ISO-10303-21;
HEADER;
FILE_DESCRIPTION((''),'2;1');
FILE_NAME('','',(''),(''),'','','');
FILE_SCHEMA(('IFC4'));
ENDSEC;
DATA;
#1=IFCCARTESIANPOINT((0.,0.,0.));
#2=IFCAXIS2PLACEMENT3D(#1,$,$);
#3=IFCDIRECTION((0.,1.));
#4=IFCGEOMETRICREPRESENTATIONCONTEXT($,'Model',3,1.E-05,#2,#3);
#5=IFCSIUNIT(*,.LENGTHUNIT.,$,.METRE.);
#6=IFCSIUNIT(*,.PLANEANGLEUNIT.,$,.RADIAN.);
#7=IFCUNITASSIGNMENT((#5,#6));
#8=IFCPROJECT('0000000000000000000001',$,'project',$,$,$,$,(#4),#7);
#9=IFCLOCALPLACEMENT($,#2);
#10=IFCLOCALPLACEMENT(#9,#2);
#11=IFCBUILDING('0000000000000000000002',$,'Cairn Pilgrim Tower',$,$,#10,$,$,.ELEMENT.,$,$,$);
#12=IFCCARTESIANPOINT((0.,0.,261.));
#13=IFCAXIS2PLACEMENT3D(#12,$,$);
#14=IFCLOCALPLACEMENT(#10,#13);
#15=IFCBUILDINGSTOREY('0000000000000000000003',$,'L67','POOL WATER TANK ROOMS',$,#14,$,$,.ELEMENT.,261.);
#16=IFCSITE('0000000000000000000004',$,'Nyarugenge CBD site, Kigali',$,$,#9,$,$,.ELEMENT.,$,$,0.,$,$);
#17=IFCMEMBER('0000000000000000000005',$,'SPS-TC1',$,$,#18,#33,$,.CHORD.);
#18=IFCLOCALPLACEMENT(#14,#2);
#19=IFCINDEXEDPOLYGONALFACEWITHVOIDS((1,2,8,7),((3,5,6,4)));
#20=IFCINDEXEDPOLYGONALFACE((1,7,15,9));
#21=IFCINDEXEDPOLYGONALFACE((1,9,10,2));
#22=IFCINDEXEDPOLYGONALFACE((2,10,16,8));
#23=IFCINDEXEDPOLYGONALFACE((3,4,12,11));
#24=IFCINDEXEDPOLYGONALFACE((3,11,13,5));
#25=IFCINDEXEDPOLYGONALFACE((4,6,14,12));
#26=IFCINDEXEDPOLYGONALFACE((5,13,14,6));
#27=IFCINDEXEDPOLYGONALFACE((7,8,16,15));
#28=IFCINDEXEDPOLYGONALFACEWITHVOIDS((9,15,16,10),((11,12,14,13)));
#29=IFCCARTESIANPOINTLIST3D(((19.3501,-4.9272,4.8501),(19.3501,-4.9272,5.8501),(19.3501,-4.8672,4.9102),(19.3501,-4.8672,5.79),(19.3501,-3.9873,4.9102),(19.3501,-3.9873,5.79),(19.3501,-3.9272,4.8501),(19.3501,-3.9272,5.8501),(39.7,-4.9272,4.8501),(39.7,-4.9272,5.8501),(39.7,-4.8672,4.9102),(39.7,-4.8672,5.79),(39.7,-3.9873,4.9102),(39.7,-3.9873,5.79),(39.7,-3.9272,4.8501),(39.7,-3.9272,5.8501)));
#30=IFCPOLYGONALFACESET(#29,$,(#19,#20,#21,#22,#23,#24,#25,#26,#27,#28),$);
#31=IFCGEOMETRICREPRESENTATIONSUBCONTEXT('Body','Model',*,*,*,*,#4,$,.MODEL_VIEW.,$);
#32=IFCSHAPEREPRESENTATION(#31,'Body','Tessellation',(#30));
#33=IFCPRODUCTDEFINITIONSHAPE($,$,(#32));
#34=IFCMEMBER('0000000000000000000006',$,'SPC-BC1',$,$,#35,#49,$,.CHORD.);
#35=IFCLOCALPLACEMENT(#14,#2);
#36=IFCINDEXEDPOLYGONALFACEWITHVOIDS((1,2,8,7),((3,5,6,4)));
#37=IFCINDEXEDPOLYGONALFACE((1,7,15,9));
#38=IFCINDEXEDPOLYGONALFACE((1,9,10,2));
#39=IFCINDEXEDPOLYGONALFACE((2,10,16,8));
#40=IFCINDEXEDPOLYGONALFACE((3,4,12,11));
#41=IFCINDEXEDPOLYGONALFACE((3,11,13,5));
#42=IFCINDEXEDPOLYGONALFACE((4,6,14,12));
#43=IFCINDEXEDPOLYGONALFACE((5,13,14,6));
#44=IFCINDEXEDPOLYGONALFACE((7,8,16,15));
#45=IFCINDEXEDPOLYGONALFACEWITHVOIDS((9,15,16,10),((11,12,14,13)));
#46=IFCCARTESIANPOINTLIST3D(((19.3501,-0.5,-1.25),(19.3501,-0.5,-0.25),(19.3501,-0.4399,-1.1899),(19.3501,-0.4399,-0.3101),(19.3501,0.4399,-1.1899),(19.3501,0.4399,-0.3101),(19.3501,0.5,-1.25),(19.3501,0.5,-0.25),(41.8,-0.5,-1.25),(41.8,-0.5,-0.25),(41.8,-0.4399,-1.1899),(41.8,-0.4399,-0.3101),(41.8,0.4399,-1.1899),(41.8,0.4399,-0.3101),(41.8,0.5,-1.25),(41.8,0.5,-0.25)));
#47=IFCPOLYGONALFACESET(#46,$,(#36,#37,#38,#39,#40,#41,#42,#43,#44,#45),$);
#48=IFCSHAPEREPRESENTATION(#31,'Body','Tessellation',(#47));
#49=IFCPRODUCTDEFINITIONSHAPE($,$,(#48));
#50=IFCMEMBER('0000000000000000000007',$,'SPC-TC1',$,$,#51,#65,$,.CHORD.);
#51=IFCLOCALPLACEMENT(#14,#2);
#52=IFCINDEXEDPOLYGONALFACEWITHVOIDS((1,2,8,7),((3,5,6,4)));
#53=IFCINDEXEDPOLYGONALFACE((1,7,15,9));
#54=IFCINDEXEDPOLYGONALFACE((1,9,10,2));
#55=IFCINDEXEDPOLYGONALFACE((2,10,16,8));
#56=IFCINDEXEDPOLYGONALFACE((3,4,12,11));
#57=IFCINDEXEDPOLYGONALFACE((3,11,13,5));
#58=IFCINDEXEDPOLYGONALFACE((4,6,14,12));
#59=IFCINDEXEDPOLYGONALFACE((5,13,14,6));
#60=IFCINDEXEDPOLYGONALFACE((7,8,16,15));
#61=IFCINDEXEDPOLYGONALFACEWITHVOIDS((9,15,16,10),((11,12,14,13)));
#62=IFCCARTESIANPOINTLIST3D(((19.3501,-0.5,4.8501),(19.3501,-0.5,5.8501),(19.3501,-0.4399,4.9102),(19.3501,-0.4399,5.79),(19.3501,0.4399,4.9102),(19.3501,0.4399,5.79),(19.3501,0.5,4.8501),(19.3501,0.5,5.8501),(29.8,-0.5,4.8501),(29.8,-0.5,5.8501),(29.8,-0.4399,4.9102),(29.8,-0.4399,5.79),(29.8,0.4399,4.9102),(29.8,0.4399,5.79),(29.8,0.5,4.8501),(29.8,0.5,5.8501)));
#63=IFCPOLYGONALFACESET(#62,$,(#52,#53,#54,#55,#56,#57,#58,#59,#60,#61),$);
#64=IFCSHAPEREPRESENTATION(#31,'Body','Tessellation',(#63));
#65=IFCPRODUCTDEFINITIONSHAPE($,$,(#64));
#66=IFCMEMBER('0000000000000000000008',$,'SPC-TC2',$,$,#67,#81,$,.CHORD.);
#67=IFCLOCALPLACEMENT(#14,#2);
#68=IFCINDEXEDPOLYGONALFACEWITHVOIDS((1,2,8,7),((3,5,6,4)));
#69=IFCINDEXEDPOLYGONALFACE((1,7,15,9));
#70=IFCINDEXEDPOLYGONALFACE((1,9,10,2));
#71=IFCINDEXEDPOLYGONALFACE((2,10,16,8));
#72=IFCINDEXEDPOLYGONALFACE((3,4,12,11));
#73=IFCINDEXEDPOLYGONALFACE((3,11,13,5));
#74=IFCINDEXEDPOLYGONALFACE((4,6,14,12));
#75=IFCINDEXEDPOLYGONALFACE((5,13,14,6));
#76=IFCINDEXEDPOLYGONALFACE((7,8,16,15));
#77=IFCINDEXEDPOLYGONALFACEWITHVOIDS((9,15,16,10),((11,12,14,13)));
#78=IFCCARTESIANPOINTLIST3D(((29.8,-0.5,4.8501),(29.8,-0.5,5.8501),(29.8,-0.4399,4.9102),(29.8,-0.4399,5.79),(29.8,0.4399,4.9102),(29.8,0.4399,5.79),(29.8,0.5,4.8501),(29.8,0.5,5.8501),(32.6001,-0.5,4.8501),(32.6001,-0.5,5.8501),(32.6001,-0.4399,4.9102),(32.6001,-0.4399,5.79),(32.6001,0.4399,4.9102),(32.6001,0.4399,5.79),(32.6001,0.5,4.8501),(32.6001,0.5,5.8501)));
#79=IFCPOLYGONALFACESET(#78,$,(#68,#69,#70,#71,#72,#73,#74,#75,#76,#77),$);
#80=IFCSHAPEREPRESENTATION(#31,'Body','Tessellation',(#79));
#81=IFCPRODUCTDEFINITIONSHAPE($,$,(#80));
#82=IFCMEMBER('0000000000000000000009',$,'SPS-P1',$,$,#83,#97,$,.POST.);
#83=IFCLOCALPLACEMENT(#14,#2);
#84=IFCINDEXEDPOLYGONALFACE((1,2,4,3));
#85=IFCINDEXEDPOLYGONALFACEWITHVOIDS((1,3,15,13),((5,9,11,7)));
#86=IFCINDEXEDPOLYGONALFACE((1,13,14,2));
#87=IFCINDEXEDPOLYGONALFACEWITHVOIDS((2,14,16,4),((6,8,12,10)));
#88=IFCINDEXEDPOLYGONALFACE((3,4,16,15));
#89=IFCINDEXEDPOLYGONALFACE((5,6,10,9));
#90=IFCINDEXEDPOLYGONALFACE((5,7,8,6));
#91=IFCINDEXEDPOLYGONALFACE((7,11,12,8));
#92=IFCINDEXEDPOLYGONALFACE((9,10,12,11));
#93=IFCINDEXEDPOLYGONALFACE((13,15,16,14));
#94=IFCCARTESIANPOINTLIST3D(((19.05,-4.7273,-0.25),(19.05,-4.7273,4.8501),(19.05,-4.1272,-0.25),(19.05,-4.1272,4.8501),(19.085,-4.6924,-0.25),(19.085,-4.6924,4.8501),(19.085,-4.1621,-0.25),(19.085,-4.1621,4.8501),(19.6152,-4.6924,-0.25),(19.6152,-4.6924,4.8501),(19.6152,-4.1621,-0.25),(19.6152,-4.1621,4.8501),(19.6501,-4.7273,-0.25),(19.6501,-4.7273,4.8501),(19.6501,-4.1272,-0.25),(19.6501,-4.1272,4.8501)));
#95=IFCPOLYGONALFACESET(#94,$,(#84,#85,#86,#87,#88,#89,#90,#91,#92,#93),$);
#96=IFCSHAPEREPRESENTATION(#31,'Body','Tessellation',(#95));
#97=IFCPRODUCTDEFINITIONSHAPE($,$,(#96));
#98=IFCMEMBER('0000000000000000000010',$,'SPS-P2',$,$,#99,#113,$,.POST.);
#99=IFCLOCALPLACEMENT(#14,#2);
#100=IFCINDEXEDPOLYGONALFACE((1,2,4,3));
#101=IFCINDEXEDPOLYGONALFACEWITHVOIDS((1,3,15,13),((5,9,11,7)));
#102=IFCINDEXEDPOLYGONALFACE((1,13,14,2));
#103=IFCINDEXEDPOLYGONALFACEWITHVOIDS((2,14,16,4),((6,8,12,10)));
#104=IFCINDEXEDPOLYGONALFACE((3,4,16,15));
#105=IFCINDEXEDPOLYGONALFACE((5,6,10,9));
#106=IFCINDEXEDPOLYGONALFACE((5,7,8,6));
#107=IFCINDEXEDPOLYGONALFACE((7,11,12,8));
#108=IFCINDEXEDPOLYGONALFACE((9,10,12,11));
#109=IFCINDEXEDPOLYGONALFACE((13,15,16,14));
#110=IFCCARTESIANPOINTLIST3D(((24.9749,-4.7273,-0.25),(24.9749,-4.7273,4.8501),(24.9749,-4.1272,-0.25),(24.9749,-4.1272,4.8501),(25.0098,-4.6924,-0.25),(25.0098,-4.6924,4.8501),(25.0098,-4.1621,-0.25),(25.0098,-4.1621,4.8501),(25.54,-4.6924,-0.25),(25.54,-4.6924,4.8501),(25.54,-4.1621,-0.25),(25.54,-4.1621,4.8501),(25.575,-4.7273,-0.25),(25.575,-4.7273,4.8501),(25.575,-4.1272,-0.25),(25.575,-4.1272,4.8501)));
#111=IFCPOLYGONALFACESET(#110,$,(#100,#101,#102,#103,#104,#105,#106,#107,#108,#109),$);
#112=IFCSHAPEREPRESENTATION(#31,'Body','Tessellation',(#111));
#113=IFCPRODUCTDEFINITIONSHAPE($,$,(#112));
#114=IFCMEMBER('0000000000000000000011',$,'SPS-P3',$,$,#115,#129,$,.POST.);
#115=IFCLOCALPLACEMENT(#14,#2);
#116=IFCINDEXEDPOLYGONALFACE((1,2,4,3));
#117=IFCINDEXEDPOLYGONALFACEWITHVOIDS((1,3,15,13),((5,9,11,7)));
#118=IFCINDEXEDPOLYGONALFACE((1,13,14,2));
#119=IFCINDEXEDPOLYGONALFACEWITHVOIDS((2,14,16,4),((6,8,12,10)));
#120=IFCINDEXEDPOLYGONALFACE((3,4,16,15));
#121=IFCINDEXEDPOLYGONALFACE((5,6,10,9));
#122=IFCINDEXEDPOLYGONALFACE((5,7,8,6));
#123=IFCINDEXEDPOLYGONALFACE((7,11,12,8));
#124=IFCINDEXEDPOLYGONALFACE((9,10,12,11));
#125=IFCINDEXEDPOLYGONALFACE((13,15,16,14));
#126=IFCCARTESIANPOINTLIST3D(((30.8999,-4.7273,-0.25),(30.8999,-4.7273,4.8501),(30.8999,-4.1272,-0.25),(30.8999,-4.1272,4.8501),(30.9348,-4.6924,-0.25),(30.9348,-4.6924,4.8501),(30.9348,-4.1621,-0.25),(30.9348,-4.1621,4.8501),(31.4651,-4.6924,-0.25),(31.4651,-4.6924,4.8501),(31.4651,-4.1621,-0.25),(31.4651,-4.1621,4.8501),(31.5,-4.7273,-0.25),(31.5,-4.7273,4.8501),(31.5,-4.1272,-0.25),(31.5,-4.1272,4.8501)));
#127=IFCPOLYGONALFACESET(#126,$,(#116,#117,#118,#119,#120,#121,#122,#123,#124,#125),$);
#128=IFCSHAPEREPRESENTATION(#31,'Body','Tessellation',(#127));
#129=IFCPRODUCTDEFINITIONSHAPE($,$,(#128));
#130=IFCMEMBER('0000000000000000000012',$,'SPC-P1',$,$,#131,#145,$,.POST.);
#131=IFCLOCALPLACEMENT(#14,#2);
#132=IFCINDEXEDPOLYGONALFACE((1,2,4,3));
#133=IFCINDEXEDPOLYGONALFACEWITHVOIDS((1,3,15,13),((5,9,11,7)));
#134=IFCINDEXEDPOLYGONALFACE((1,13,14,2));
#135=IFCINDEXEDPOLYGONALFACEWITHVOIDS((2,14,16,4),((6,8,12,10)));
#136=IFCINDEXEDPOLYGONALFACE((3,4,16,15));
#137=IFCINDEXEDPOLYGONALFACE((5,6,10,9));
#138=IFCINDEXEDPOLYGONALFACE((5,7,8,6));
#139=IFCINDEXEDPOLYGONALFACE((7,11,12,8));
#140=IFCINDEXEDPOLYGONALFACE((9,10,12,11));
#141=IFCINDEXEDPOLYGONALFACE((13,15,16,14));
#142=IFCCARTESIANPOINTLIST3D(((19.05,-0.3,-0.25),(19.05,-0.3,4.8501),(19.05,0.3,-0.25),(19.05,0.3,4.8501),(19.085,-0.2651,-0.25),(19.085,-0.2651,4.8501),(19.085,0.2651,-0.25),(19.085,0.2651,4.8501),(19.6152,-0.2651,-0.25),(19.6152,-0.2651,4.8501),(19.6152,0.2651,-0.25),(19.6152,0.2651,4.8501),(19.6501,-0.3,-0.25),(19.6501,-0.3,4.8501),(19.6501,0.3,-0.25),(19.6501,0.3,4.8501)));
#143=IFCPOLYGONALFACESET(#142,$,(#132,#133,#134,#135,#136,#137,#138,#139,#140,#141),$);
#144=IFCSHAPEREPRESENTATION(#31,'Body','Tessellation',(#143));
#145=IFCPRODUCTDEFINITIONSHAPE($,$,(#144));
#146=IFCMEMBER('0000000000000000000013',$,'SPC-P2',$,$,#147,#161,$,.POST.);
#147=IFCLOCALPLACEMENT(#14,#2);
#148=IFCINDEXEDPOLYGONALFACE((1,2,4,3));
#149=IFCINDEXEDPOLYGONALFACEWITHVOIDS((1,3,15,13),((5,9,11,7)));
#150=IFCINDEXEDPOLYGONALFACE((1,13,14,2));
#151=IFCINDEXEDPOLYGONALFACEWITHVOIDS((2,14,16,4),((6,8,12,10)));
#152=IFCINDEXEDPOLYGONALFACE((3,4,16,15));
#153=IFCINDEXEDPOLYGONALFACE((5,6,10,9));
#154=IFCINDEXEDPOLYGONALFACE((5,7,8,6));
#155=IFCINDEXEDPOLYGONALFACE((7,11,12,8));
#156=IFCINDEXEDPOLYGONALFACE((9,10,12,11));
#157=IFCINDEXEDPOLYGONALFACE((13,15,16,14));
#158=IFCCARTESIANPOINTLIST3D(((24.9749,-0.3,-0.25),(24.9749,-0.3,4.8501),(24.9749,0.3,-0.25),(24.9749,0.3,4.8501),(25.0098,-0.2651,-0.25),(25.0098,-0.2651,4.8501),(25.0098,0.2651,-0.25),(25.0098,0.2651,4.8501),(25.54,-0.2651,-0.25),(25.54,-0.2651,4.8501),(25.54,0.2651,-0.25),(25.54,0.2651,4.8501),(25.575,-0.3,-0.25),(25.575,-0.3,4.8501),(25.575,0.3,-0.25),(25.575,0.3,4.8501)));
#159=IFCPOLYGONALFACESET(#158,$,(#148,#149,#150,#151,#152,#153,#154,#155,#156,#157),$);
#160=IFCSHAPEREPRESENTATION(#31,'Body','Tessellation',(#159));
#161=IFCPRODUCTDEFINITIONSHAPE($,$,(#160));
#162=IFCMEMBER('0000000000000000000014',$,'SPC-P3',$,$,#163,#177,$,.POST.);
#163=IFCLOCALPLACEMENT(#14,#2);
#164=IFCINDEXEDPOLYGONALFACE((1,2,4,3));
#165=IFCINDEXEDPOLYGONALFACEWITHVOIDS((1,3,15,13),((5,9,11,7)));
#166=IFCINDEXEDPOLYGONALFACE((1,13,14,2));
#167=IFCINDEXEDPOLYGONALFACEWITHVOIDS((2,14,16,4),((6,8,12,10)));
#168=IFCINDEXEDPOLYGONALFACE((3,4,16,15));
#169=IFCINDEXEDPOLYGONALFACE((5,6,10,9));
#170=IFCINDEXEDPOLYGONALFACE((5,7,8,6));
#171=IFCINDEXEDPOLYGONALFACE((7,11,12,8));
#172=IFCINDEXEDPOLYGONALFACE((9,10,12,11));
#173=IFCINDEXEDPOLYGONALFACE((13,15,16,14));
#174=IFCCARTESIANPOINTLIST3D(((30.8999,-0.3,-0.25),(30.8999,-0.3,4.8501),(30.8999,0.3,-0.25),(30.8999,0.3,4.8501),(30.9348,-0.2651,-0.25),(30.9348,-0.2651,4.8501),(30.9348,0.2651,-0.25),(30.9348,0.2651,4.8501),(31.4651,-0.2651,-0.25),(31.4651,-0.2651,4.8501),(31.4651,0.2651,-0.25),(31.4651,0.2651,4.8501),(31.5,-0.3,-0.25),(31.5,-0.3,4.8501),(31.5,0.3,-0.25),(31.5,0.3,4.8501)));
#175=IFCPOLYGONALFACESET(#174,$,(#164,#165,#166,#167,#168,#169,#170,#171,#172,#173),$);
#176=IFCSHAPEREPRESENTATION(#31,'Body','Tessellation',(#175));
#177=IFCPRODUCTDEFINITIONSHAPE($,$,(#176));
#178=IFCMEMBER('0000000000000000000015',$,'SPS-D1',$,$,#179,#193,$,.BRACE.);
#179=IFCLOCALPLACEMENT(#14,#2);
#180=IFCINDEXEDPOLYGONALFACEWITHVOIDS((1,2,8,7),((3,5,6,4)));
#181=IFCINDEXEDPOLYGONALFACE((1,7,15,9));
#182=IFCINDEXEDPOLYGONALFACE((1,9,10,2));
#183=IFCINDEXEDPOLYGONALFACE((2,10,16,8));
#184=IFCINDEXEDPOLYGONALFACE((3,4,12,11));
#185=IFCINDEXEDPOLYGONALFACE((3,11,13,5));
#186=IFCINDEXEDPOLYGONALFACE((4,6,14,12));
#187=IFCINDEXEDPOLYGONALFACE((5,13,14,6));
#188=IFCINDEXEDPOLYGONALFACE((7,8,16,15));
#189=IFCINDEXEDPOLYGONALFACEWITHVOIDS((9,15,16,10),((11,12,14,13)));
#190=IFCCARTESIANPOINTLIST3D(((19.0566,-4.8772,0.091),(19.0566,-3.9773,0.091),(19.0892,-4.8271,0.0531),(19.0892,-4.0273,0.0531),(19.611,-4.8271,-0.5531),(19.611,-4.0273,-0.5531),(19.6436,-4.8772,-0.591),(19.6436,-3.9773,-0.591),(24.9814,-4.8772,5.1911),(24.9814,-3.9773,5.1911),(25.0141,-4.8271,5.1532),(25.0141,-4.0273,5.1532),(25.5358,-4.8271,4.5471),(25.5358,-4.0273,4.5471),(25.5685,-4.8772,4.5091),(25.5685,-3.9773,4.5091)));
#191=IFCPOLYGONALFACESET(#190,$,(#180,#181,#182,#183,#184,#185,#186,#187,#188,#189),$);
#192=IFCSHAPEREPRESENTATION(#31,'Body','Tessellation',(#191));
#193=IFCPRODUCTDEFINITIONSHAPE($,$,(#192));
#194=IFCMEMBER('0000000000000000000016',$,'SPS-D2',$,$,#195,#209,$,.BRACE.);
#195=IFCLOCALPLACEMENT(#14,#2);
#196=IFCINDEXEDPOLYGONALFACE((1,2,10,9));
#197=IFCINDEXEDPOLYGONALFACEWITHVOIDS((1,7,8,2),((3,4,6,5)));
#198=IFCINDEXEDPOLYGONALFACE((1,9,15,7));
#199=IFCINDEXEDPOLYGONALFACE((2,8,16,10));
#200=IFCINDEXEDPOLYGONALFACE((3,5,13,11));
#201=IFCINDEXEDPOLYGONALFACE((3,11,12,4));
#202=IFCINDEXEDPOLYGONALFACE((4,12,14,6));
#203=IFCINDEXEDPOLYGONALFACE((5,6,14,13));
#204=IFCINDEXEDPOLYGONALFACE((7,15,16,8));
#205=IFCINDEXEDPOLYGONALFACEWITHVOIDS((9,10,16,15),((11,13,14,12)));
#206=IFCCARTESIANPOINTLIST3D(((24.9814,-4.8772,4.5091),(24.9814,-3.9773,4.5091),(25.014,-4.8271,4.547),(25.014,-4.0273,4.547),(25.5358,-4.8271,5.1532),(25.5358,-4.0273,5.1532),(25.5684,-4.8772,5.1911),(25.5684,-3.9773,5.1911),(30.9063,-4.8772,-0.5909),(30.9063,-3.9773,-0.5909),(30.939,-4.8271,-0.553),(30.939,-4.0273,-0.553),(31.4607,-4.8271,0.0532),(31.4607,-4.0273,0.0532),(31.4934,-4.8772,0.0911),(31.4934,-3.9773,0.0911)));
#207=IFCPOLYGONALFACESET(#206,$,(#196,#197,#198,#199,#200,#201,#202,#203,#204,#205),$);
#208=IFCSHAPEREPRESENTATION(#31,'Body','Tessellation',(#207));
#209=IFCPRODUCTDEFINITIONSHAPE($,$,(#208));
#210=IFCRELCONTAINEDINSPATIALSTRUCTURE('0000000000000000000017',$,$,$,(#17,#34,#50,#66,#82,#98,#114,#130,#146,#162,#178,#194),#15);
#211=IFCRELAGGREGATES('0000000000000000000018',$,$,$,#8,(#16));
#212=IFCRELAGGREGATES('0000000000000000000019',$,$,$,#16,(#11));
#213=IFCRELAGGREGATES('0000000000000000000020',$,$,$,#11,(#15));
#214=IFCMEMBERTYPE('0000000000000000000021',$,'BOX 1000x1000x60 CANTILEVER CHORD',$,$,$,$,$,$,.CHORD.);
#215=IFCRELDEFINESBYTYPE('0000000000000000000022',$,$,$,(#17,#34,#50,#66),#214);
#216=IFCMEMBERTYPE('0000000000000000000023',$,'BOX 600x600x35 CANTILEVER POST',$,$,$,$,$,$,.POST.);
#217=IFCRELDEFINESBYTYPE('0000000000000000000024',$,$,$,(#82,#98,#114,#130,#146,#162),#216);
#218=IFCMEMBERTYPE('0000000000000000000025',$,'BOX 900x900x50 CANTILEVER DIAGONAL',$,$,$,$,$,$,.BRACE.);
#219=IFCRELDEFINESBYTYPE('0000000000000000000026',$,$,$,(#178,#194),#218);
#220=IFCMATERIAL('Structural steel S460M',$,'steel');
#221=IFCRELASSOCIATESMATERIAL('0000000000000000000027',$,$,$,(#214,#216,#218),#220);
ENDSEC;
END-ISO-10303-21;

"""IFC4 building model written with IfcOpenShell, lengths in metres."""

from ifc_helpers import new_model, si_unit, direction, frame, origin, origin_2d, place, context, subcontext, project, spatial, hollow_rectangle, extrude, material, material_profile, profile_set, type_object, element, save


model = new_model("IFC4")

# Units and contexts
model_context = context("Model", 3, precision=1e-05, world=origin(), true_north=direction((0.0, 1.0)))
body_context = subcontext(model_context, "Body", "Model", "MODEL_VIEW")
ifc_project = project(units=[si_unit("LENGTHUNIT", "METRE"), si_unit("PLANEANGLEUNIT", "RADIAN")], contexts=[model_context])

# Site, building, storey
site_placement = place(None, origin())
site = spatial("IfcSite", under=ifc_project, at=site_placement, Name="Nyarugenge CBD site, Kigali", CompositionType="ELEMENT", RefElevation=0.0)
building_placement = place(site_placement, origin())
building = spatial("IfcBuilding", under=site, at=building_placement, Name="Cairn Pilgrim Tower", CompositionType="ELEMENT")
storey_placement = place(building_placement, frame((0.0, 0.0, 261.0)))
storey = spatial("IfcBuildingStorey", under=building, at=storey_placement, Name="L67", Description="POOL WATER TANK ROOMS", CompositionType="ELEMENT", Elevation=261.0)

# Members
ifc_material_1 = material(Name="Structural steel S460M", Category="steel")
ifc_material_profile_1 = material_profile(ifc_material_1, hollow_rectangle(XDim=1.0, YDim=1.0, WallThickness=0.0601, at=origin_2d()), Name="BOX 1000x1000x60")
ifc_profile_set_1 = profile_set([ifc_material_profile_1], Name="Structural steel S460M")
member_type_1 = type_object("IfcMemberType", Name="BOX 1000x1000x60 CANTILEVER CHORD", PredefinedType="CHORD", material=ifc_profile_set_1)
member_1_placement = place(storey_placement, frame((19.3501, -4.4272, 5.3501), z_axis=(1.0, 0.0, 0.0), x_axis=(0.0, 1.0, 0.0)))
element("IfcMember", 1, at=member_1_placement, inside=storey, type_object=member_type_1, Name="SPS-TC1", PredefinedType="CHORD", context=body_context, shape_type="SweptSolid", body=[
    extrude(hollow_rectangle(XDim=1.0, YDim=1.0, WallThickness=0.0601, at=origin_2d()), origin(), (0.0, 0.0, 1.0), 20.3499),
])
member_2_placement = place(storey_placement, frame((19.3501, 0.0, -0.75), z_axis=(1.0, 0.0, 0.0), x_axis=(0.0, 1.0, 0.0)))
element("IfcMember", 2, at=member_2_placement, inside=storey, type_object=member_type_1, Name="SPC-BC1", PredefinedType="CHORD", context=body_context, shape_type="SweptSolid", body=[
    extrude(hollow_rectangle(XDim=1.0, YDim=1.0, WallThickness=0.0601, at=origin_2d()), origin(), (0.0, 0.0, 1.0), 22.45),
])
member_3_placement = place(storey_placement, frame((19.3501, 0.0, 5.3501), z_axis=(1.0, 0.0, 0.0), x_axis=(0.0, 1.0, 0.0)))
element("IfcMember", 3, at=member_3_placement, inside=storey, type_object=member_type_1, Name="SPC-TC1", PredefinedType="CHORD", context=body_context, shape_type="SweptSolid", body=[
    extrude(hollow_rectangle(XDim=1.0, YDim=1.0, WallThickness=0.0601, at=origin_2d()), origin(), (0.0, 0.0, 1.0), 10.45),
])
member_4_placement = place(storey_placement, frame((29.8, 0.0, 5.3501), z_axis=(1.0, 0.0, 0.0), x_axis=(0.0, 1.0, 0.0)))
element("IfcMember", 4, at=member_4_placement, inside=storey, type_object=member_type_1, Name="SPC-TC2", PredefinedType="CHORD", context=body_context, shape_type="SweptSolid", body=[
    extrude(hollow_rectangle(XDim=1.0, YDim=1.0, WallThickness=0.0601, at=origin_2d()), origin(), (0.0, 0.0, 1.0), 2.8),
])
ifc_material_profile_2 = material_profile(ifc_material_1, hollow_rectangle(XDim=0.6001, YDim=0.6001, WallThickness=0.0349, at=origin_2d()), Name="BOX 600x600x35")
ifc_profile_set_2 = profile_set([ifc_material_profile_2], Name="Structural steel S460M")
member_type_2 = type_object("IfcMemberType", Name="BOX 600x600x35 CANTILEVER POST", PredefinedType="POST", material=ifc_profile_set_2)
for number, where, z_axis, x_axis, name in (
    (5, (19.3501, -4.4272, -0.25), (0.0, 0.0, 1.0), (1.0, 0.0, 0.0), "SPS-P1"),
    (6, (25.2749, -4.4272, -0.25), (0.0, 0.0, 1.0), (1.0, 0.0, 0.0), "SPS-P2"),
    (7, (31.2, -4.4272, -0.25), (0.0, 0.0, 1.0), (1.0, 0.0, 0.0), "SPS-P3"),
    (8, (19.3501, 0.0, -0.25), (0.0, 0.0, 1.0), (1.0, 0.0, 0.0), "SPC-P1"),
    (9, (25.2749, 0.0, -0.25), (0.0, 0.0, 1.0), (1.0, 0.0, 0.0), "SPC-P2"),
    (10, (31.2, 0.0, -0.25), (0.0, 0.0, 1.0), (1.0, 0.0, 0.0), "SPC-P3"),
):
    element("IfcMember", number, at=place(storey_placement, frame(where, z_axis=z_axis, x_axis=x_axis)), inside=storey, type_object=member_type_2, Name=name, PredefinedType="POST", context=body_context, shape_type="SweptSolid", body=[
        extrude(hollow_rectangle(XDim=0.6001, YDim=0.6001, WallThickness=0.0349, at=origin_2d()), origin(), (0.0, 0.0, 1.0), 5.1001),
    ])
ifc_material_profile_3 = material_profile(ifc_material_1, hollow_rectangle(XDim=0.8999, YDim=0.8999, WallThickness=0.05, at=origin_2d()), Name="BOX 900x900x50")
ifc_profile_set_3 = profile_set([ifc_material_profile_3], Name="Structural steel S460M")
member_type_3 = type_object("IfcMemberType", Name="BOX 900x900x50 CANTILEVER DIAGONAL", PredefinedType="BRACE", material=ifc_profile_set_3)
for number, where, z_axis, x_axis, name in (
    (11, (19.3501, -4.4272, -0.25), (0.757884, 0.0, 0.65239), (0.0, 1.0, 0.0), "SPS-D1"),
    (12, (25.2749, -4.4272, 4.8501), (0.757897, 0.0, -0.652374), (0.0, 1.0, 0.0), "SPS-D2"),
):
    element("IfcMember", number, at=place(storey_placement, frame(where, z_axis=z_axis, x_axis=x_axis)), inside=storey, type_object=member_type_3, Name=name, PredefinedType="BRACE", context=body_context, shape_type="SweptSolid", body=[
        extrude(hollow_rectangle(XDim=0.8999, YDim=0.8999, WallThickness=0.05, at=origin_2d()), origin(), (0.0, 0.0, 1.0), 7.8176),
    ])

save(model, "model.ifc")
